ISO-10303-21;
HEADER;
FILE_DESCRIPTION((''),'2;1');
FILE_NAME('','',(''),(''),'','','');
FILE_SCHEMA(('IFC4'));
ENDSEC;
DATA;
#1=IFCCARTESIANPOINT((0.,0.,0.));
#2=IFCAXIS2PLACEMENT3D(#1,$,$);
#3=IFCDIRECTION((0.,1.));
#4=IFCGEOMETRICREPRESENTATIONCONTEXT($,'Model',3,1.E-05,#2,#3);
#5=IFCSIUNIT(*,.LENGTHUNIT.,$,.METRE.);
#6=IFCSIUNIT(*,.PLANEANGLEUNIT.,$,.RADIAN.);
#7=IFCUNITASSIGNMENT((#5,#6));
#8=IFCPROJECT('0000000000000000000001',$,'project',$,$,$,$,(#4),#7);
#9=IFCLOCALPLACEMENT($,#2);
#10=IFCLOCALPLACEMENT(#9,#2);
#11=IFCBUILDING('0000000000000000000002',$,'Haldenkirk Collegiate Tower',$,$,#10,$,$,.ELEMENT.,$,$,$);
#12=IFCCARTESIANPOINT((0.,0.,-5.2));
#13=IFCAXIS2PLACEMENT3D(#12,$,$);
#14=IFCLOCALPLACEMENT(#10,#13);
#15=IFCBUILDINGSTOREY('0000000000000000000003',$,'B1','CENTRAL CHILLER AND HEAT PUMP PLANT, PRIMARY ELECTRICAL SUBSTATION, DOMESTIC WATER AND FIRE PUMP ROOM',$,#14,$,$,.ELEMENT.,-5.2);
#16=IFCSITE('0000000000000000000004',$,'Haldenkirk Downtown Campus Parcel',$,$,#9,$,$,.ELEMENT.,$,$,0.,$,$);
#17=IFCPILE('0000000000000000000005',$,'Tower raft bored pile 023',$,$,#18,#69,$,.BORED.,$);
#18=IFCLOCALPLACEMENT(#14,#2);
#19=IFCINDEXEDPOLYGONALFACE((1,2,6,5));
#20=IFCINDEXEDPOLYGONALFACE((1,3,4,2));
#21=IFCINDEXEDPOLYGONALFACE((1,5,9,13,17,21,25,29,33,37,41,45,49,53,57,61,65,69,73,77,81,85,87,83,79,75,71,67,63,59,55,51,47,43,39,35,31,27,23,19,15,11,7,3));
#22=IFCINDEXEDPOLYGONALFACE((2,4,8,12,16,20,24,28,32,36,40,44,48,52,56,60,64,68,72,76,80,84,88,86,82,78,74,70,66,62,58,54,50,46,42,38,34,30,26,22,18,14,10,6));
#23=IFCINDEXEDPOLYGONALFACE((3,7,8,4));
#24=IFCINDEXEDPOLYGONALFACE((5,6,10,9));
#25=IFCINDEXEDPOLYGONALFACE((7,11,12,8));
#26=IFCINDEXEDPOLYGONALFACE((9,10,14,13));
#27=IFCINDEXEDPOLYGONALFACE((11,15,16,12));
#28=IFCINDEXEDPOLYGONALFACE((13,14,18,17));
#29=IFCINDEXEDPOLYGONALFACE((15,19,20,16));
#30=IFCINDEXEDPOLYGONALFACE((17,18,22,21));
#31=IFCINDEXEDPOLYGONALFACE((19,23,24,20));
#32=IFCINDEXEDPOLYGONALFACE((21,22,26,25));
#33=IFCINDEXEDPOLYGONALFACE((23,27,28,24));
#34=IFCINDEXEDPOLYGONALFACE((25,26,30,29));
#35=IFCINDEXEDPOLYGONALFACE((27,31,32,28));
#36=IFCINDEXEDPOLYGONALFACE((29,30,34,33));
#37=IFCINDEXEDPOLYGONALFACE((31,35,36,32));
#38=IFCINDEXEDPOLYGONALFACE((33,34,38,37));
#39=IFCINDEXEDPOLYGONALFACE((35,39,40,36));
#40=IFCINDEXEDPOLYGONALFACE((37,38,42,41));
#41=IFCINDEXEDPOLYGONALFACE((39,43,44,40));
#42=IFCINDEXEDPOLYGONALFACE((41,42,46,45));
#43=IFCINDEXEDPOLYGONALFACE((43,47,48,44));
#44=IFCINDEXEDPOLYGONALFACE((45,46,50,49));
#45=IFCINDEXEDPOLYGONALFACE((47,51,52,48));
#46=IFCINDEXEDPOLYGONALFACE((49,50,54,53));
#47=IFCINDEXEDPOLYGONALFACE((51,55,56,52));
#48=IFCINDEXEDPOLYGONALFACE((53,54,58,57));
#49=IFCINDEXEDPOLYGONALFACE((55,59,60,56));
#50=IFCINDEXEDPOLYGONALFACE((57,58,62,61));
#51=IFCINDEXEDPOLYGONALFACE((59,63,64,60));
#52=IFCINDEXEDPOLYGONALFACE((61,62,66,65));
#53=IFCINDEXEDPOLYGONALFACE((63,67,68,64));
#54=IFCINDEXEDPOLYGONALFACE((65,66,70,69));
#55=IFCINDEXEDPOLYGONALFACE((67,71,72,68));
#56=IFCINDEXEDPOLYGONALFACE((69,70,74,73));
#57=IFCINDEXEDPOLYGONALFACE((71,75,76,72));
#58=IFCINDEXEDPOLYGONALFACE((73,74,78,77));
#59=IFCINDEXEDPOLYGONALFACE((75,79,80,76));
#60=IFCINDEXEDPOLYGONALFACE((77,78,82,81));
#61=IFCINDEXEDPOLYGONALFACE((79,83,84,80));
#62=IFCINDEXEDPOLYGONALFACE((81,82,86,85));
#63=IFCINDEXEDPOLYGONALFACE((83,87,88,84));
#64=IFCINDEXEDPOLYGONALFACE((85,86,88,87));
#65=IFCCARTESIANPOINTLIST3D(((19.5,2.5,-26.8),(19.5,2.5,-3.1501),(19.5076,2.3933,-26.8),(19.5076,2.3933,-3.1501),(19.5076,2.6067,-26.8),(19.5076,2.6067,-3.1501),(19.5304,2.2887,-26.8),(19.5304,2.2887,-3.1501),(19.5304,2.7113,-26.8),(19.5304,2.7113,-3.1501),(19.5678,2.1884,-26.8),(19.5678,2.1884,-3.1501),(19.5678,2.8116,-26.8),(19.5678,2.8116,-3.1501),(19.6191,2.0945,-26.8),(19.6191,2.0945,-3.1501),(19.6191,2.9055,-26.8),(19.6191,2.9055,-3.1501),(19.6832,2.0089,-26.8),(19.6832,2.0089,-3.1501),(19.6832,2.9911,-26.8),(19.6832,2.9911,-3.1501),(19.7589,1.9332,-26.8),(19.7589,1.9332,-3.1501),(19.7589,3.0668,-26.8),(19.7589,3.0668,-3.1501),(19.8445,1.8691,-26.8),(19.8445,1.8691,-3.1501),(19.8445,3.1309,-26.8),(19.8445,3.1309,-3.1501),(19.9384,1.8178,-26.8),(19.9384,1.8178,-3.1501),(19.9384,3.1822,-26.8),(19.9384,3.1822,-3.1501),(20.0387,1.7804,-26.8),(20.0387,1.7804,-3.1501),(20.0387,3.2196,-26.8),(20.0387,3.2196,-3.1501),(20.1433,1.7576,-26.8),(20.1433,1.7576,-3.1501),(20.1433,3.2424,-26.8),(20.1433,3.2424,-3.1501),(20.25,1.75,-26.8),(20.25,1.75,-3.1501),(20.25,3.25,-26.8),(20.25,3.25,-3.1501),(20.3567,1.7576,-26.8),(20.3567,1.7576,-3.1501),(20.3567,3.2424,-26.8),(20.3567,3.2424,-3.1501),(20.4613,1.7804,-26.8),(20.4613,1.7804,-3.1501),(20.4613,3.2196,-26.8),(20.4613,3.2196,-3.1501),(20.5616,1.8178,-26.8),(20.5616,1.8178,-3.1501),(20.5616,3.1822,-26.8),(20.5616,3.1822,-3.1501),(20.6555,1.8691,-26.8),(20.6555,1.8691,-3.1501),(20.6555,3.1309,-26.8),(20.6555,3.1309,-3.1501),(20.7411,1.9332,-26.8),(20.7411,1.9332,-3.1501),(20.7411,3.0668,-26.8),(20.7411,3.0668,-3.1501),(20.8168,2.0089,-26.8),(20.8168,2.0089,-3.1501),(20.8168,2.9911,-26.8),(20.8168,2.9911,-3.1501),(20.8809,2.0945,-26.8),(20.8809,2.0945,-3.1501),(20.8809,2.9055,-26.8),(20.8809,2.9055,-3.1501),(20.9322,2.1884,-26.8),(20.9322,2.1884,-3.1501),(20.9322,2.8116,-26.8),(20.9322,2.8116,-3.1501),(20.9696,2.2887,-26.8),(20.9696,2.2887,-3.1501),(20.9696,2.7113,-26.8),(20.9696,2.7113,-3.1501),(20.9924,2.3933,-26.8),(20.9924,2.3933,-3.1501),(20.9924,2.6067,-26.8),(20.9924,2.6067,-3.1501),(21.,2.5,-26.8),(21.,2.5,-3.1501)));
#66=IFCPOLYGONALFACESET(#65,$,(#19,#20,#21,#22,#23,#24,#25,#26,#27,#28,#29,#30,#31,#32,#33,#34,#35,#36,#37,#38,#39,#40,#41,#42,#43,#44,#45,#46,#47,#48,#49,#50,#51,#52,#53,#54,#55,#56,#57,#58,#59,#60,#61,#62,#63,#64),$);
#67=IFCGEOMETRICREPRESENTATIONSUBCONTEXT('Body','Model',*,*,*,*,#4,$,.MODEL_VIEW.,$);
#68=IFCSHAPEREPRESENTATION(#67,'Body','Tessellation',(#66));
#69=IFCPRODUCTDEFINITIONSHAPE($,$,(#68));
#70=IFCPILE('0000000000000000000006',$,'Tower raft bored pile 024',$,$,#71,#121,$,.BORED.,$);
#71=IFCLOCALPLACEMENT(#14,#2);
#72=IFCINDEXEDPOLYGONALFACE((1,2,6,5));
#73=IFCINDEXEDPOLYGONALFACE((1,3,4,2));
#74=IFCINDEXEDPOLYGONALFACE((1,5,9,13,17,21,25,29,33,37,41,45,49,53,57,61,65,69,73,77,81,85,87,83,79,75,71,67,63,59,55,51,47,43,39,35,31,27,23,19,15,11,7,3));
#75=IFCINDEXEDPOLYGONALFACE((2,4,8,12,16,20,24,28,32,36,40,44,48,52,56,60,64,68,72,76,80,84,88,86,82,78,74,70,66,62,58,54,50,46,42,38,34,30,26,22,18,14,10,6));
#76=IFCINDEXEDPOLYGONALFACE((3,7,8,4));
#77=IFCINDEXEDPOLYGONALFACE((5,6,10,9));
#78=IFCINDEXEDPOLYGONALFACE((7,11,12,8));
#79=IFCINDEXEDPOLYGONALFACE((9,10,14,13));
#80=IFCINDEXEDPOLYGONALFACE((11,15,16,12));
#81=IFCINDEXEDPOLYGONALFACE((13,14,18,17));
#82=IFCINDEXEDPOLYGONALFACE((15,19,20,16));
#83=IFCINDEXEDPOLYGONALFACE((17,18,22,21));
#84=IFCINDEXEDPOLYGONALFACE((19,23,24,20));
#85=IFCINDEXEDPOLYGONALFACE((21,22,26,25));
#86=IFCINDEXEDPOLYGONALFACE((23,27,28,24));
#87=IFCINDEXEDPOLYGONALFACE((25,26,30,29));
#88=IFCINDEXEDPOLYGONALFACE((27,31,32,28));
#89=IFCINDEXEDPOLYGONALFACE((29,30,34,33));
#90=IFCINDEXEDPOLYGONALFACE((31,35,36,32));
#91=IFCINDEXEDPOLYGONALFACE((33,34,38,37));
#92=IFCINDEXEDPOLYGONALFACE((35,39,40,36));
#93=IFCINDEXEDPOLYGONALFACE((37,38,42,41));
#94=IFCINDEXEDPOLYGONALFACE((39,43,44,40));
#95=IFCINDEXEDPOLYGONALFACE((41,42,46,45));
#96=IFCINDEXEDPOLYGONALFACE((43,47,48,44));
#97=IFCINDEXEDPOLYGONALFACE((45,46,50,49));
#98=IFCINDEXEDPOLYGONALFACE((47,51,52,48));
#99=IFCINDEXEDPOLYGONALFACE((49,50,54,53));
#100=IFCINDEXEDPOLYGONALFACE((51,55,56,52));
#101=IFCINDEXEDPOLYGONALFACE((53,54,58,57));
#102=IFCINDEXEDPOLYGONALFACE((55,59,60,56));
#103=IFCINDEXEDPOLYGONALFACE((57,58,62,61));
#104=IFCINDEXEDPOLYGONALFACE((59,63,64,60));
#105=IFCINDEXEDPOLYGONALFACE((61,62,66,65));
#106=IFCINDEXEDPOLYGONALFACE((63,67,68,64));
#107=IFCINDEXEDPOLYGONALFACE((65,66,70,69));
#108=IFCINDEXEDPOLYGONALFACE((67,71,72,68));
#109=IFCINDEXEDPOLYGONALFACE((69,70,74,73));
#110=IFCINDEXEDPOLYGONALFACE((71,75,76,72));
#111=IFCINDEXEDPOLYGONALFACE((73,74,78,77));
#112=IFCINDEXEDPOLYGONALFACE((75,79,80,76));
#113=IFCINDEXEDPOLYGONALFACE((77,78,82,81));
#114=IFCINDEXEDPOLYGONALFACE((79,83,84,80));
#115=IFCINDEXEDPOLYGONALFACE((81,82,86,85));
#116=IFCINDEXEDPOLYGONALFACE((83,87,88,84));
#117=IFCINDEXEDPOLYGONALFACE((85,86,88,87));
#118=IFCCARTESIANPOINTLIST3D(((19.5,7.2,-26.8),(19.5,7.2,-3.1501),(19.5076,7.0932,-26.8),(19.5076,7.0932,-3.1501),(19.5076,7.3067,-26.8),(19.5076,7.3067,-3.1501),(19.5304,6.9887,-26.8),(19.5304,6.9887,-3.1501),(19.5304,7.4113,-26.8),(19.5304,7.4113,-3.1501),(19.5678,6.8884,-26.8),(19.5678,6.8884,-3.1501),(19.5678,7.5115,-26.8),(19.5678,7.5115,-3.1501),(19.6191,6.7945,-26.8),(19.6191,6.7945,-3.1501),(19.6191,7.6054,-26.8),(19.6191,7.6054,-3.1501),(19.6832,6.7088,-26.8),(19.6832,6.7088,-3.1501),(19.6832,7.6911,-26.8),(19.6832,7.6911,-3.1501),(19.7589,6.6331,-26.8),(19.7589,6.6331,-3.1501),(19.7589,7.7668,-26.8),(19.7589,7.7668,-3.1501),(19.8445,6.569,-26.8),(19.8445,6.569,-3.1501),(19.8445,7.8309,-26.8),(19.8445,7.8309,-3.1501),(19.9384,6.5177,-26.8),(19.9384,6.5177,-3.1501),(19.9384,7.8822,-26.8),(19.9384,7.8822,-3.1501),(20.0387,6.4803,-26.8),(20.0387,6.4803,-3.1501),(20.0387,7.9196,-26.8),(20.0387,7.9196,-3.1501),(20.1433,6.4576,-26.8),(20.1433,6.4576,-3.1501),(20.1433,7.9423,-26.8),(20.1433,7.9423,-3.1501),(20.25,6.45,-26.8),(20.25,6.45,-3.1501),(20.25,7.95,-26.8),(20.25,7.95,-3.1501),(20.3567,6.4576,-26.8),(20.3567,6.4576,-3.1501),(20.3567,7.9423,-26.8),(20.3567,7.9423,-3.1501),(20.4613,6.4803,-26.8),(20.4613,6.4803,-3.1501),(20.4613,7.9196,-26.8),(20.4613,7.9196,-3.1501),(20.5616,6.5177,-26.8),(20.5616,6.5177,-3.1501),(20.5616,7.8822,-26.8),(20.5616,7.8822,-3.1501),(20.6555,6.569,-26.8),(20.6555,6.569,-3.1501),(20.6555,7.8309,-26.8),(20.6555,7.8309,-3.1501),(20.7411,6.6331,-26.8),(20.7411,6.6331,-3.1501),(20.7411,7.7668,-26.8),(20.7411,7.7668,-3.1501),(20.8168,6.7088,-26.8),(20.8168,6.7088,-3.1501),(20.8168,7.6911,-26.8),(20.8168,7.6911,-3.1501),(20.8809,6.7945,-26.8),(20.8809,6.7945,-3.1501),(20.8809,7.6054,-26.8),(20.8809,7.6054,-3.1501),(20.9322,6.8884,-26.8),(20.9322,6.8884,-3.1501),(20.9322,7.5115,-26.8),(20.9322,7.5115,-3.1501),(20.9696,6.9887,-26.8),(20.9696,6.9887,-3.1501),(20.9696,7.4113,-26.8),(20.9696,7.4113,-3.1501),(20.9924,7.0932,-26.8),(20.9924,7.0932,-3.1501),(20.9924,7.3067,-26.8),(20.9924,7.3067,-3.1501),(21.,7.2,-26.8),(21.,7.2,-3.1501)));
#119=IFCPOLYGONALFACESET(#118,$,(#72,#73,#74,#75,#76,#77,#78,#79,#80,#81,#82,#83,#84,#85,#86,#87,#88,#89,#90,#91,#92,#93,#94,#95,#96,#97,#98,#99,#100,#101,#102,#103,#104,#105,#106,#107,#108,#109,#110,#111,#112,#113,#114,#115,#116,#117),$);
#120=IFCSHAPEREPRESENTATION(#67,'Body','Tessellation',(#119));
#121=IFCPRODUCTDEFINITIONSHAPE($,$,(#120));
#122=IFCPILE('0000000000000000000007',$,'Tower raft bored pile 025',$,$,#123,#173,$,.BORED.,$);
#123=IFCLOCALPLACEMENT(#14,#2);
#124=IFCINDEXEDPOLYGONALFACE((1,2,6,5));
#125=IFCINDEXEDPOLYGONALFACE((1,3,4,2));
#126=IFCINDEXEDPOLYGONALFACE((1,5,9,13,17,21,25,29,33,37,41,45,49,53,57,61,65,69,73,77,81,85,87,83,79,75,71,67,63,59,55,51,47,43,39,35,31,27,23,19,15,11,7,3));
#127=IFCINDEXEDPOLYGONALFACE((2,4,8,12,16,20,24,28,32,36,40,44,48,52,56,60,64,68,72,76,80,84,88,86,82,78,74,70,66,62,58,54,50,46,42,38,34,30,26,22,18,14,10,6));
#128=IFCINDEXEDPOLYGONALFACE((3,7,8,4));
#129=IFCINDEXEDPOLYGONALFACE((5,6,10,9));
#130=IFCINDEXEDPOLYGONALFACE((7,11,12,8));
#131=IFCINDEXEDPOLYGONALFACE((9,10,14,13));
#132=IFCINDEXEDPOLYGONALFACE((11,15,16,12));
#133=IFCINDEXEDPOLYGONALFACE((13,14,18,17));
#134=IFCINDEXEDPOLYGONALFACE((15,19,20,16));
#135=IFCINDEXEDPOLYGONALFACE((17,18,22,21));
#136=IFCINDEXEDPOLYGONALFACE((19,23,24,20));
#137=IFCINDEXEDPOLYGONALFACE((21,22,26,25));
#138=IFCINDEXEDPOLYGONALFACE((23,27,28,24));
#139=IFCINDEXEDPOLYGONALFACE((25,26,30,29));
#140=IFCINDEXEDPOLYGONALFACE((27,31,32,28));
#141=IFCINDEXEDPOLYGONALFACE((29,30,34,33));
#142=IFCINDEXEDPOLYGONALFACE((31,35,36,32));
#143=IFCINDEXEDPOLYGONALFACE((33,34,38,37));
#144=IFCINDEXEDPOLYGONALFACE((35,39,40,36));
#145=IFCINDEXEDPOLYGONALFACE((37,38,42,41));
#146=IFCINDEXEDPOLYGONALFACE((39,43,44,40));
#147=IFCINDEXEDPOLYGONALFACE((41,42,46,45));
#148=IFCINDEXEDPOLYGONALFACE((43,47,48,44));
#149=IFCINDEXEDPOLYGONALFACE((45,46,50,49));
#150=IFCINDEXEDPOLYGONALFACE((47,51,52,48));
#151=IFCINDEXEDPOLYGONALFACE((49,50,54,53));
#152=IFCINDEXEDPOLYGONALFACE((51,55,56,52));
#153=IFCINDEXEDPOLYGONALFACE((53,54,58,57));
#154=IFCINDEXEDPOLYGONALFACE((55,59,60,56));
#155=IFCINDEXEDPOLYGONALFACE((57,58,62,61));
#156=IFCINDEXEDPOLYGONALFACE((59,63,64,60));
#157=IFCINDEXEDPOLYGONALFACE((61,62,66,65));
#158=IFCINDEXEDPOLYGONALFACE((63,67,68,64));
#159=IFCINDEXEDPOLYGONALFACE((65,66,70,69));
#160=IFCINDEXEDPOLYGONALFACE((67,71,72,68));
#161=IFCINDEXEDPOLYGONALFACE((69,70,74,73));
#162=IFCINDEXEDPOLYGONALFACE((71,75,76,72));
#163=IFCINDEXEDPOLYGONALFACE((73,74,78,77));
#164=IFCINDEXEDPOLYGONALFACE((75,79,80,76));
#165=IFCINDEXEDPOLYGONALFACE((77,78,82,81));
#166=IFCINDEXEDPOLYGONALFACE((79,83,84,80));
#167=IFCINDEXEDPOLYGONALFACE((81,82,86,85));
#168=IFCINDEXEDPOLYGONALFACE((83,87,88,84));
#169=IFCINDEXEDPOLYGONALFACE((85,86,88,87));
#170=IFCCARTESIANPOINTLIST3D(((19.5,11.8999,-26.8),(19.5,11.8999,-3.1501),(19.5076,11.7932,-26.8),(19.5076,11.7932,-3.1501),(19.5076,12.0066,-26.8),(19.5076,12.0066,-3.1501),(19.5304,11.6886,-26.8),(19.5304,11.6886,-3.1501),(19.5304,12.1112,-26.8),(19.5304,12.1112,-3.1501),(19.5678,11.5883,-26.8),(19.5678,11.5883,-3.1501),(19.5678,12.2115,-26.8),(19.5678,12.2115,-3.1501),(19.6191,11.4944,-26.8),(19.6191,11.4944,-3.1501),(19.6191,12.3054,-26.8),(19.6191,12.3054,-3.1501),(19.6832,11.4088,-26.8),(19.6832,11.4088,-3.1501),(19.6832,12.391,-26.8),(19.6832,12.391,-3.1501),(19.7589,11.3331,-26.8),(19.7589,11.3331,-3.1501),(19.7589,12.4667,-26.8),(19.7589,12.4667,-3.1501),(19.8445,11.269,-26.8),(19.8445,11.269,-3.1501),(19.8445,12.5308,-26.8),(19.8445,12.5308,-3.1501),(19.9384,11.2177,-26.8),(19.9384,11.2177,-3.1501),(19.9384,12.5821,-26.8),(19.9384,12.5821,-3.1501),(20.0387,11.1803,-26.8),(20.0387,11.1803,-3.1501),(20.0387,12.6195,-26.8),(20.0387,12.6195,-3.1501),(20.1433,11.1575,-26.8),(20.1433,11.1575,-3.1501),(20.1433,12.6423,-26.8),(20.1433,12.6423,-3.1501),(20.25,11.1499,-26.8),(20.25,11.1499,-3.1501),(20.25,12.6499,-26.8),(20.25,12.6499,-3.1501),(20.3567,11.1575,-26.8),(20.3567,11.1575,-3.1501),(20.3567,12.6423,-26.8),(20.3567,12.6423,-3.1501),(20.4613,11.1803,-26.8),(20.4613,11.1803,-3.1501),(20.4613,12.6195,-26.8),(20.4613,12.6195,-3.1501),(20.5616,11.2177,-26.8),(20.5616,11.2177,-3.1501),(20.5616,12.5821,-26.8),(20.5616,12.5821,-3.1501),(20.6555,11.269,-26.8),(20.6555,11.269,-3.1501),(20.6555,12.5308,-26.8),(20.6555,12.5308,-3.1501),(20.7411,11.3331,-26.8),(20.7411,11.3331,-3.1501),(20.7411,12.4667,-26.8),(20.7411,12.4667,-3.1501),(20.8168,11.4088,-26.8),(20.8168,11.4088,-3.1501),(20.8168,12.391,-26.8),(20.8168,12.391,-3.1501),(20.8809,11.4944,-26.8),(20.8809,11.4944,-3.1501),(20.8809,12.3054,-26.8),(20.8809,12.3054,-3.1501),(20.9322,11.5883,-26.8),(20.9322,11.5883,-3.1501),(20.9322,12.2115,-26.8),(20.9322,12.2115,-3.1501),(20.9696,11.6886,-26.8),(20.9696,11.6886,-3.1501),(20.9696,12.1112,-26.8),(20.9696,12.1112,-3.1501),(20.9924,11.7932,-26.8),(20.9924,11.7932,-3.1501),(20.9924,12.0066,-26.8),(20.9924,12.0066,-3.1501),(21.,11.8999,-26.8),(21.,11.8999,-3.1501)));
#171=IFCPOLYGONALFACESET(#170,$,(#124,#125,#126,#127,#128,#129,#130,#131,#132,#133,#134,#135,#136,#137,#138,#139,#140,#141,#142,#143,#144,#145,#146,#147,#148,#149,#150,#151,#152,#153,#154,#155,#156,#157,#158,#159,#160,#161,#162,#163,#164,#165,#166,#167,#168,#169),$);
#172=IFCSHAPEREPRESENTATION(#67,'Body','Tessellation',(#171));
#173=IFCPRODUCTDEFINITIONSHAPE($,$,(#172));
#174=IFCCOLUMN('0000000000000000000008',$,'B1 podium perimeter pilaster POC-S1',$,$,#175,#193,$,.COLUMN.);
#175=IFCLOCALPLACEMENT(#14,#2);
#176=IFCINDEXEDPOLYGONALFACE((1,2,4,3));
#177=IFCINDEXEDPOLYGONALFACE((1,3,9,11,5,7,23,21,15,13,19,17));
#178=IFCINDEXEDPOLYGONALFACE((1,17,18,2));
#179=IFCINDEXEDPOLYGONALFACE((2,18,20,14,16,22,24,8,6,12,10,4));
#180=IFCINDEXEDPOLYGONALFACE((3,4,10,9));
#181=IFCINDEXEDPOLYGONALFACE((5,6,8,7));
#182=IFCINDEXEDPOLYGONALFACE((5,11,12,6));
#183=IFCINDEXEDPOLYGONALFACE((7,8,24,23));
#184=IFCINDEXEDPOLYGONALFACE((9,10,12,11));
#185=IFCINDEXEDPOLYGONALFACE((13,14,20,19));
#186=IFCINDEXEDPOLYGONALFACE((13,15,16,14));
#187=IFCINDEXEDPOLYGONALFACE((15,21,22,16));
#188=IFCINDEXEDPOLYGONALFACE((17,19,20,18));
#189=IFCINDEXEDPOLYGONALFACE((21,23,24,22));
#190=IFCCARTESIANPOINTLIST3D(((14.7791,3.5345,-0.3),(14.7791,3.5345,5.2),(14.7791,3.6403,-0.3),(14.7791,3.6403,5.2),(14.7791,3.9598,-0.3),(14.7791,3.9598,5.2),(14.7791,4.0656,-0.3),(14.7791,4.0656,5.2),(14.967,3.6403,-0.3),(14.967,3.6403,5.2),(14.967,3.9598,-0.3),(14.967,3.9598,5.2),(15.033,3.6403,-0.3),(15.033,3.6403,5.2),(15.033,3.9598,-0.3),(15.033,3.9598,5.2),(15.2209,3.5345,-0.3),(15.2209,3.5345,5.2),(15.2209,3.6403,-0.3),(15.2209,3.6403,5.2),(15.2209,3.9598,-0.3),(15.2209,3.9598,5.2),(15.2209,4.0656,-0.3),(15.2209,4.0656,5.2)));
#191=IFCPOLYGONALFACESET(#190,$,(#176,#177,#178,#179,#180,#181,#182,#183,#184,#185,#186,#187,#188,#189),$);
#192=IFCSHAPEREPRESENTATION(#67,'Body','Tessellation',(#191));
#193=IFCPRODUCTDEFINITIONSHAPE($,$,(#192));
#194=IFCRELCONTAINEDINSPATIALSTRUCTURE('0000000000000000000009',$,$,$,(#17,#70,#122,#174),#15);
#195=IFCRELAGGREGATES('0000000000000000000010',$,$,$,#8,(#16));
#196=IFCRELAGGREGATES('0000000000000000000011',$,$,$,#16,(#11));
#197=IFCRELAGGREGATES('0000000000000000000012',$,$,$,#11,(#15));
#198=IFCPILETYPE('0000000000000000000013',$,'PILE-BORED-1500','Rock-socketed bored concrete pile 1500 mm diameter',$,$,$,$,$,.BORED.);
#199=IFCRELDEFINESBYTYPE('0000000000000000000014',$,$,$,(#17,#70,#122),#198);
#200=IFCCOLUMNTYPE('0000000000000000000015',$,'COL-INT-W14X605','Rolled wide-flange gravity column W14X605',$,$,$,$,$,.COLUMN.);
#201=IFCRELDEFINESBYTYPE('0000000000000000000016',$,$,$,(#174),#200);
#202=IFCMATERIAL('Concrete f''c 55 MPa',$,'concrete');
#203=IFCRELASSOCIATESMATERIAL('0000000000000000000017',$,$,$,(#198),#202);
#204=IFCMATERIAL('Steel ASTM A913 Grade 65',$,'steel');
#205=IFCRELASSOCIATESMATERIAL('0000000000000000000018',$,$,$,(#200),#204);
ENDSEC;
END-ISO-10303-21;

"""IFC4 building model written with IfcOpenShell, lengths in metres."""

from ifc_helpers import new_model, si_unit, direction, frame, origin, origin_2d, place, context, subcontext, project, spatial, circle, i_section, extrude, material, material_profile, profile_set, type_object, element, save


model = new_model("IFC4")

# Units and contexts
model_context = context("Model", 3, precision=1e-05, world=origin(), true_north=direction((0.0, 1.0)))
body_context = subcontext(model_context, "Body", "Model", "MODEL_VIEW")
ifc_project = project(units=[si_unit("LENGTHUNIT", "METRE"), si_unit("PLANEANGLEUNIT", "RADIAN")], contexts=[model_context])

# Site, building, storey
site_placement = place(None, origin())
site = spatial("IfcSite", under=ifc_project, at=site_placement, Name="Haldenkirk Downtown Campus Parcel", CompositionType="ELEMENT", RefElevation=0.0)
building_placement = place(site_placement, origin())
building = spatial("IfcBuilding", under=site, at=building_placement, Name="Haldenkirk Collegiate Tower", CompositionType="ELEMENT")
storey_placement = place(building_placement, frame((0.0, 0.0, -5.2)))
storey = spatial("IfcBuildingStorey", under=building, at=storey_placement, Name="B1", Description="CENTRAL CHILLER AND HEAT PUMP PLANT, PRIMARY ELECTRICAL SUBSTATION, DOMESTIC WATER AND FIRE PUMP ROOM", CompositionType="ELEMENT", Elevation=-5.2)

# Shared definitions
ifc_material_1 = material(Name="Concrete f'c 55 MPa", Category="concrete")

# Piles
ifc_material_profile_1 = material_profile(ifc_material_1, circle(Radius=0.75, at=origin_2d()), Name="PILE1500")
ifc_profile_set_1 = profile_set([ifc_material_profile_1], Name="Concrete f'c 55 MPa")
pile_type_1 = type_object("IfcPileType", Name="PILE-BORED-1500", Description="Rock-socketed bored concrete pile 1500 mm diameter", PredefinedType="BORED", material=ifc_profile_set_1)
for number, where, z_axis, x_axis, name in (
    (1, (20.25, 2.5, -3.1501), (0.0, 0.0, -1.0), (1.0, 0.0, 0.0), "Tower raft bored pile 023"),
    (2, (20.25, 7.2, -3.1501), (0.0, 0.0, -1.0), (1.0, 0.0, 0.0), "Tower raft bored pile 024"),
    (3, (20.25, 11.8999, -3.1501), (0.0, 0.0, -1.0), (1.0, 0.0, 0.0), "Tower raft bored pile 025"),
):
    element("IfcPile", number, at=place(storey_placement, frame(where, z_axis=z_axis, x_axis=x_axis)), inside=storey, type_object=pile_type_1, Name=name, PredefinedType="BORED", context=body_context, shape_type="SweptSolid", body=[
        extrude(circle(Radius=0.75, at=origin_2d()), origin(), (0.0, 0.0, 1.0), 23.6499),
    ])

# Column
ifc_material_2 = material(Name="Steel ASTM A913 Grade 65", Category="steel")
ifc_material_profile_2 = material_profile(ifc_material_2, i_section(OverallWidth=0.4419, OverallDepth=0.531, WebThickness=0.0659, FlangeThickness=0.1057, at=origin_2d()), Name="W14X605")
ifc_profile_set_2 = profile_set([ifc_material_profile_2], Name="Steel ASTM A913 Grade 65")
column_type_1 = type_object("IfcColumnType", Name="COL-INT-W14X605", Description="Rolled wide-flange gravity column W14X605", PredefinedType="COLUMN", material=ifc_profile_set_2)
column_1_placement = place(storey_placement, frame((15.0, 3.8, -0.3), z_axis=(0.0, 0.0, 1.0), x_axis=(1.0, 0.0, 0.0)))
element("IfcColumn", 4, at=column_1_placement, inside=storey, type_object=column_type_1, Name="B1 podium perimeter pilaster POC-S1", PredefinedType="COLUMN", context=body_context, shape_type="SweptSolid", body=[
    extrude(i_section(OverallWidth=0.4419, OverallDepth=0.531, WebThickness=0.0659, FlangeThickness=0.1057, at=origin_2d()), origin(), (0.0, 0.0, 1.0), 5.5),
])

save(model, "model.ifc")
